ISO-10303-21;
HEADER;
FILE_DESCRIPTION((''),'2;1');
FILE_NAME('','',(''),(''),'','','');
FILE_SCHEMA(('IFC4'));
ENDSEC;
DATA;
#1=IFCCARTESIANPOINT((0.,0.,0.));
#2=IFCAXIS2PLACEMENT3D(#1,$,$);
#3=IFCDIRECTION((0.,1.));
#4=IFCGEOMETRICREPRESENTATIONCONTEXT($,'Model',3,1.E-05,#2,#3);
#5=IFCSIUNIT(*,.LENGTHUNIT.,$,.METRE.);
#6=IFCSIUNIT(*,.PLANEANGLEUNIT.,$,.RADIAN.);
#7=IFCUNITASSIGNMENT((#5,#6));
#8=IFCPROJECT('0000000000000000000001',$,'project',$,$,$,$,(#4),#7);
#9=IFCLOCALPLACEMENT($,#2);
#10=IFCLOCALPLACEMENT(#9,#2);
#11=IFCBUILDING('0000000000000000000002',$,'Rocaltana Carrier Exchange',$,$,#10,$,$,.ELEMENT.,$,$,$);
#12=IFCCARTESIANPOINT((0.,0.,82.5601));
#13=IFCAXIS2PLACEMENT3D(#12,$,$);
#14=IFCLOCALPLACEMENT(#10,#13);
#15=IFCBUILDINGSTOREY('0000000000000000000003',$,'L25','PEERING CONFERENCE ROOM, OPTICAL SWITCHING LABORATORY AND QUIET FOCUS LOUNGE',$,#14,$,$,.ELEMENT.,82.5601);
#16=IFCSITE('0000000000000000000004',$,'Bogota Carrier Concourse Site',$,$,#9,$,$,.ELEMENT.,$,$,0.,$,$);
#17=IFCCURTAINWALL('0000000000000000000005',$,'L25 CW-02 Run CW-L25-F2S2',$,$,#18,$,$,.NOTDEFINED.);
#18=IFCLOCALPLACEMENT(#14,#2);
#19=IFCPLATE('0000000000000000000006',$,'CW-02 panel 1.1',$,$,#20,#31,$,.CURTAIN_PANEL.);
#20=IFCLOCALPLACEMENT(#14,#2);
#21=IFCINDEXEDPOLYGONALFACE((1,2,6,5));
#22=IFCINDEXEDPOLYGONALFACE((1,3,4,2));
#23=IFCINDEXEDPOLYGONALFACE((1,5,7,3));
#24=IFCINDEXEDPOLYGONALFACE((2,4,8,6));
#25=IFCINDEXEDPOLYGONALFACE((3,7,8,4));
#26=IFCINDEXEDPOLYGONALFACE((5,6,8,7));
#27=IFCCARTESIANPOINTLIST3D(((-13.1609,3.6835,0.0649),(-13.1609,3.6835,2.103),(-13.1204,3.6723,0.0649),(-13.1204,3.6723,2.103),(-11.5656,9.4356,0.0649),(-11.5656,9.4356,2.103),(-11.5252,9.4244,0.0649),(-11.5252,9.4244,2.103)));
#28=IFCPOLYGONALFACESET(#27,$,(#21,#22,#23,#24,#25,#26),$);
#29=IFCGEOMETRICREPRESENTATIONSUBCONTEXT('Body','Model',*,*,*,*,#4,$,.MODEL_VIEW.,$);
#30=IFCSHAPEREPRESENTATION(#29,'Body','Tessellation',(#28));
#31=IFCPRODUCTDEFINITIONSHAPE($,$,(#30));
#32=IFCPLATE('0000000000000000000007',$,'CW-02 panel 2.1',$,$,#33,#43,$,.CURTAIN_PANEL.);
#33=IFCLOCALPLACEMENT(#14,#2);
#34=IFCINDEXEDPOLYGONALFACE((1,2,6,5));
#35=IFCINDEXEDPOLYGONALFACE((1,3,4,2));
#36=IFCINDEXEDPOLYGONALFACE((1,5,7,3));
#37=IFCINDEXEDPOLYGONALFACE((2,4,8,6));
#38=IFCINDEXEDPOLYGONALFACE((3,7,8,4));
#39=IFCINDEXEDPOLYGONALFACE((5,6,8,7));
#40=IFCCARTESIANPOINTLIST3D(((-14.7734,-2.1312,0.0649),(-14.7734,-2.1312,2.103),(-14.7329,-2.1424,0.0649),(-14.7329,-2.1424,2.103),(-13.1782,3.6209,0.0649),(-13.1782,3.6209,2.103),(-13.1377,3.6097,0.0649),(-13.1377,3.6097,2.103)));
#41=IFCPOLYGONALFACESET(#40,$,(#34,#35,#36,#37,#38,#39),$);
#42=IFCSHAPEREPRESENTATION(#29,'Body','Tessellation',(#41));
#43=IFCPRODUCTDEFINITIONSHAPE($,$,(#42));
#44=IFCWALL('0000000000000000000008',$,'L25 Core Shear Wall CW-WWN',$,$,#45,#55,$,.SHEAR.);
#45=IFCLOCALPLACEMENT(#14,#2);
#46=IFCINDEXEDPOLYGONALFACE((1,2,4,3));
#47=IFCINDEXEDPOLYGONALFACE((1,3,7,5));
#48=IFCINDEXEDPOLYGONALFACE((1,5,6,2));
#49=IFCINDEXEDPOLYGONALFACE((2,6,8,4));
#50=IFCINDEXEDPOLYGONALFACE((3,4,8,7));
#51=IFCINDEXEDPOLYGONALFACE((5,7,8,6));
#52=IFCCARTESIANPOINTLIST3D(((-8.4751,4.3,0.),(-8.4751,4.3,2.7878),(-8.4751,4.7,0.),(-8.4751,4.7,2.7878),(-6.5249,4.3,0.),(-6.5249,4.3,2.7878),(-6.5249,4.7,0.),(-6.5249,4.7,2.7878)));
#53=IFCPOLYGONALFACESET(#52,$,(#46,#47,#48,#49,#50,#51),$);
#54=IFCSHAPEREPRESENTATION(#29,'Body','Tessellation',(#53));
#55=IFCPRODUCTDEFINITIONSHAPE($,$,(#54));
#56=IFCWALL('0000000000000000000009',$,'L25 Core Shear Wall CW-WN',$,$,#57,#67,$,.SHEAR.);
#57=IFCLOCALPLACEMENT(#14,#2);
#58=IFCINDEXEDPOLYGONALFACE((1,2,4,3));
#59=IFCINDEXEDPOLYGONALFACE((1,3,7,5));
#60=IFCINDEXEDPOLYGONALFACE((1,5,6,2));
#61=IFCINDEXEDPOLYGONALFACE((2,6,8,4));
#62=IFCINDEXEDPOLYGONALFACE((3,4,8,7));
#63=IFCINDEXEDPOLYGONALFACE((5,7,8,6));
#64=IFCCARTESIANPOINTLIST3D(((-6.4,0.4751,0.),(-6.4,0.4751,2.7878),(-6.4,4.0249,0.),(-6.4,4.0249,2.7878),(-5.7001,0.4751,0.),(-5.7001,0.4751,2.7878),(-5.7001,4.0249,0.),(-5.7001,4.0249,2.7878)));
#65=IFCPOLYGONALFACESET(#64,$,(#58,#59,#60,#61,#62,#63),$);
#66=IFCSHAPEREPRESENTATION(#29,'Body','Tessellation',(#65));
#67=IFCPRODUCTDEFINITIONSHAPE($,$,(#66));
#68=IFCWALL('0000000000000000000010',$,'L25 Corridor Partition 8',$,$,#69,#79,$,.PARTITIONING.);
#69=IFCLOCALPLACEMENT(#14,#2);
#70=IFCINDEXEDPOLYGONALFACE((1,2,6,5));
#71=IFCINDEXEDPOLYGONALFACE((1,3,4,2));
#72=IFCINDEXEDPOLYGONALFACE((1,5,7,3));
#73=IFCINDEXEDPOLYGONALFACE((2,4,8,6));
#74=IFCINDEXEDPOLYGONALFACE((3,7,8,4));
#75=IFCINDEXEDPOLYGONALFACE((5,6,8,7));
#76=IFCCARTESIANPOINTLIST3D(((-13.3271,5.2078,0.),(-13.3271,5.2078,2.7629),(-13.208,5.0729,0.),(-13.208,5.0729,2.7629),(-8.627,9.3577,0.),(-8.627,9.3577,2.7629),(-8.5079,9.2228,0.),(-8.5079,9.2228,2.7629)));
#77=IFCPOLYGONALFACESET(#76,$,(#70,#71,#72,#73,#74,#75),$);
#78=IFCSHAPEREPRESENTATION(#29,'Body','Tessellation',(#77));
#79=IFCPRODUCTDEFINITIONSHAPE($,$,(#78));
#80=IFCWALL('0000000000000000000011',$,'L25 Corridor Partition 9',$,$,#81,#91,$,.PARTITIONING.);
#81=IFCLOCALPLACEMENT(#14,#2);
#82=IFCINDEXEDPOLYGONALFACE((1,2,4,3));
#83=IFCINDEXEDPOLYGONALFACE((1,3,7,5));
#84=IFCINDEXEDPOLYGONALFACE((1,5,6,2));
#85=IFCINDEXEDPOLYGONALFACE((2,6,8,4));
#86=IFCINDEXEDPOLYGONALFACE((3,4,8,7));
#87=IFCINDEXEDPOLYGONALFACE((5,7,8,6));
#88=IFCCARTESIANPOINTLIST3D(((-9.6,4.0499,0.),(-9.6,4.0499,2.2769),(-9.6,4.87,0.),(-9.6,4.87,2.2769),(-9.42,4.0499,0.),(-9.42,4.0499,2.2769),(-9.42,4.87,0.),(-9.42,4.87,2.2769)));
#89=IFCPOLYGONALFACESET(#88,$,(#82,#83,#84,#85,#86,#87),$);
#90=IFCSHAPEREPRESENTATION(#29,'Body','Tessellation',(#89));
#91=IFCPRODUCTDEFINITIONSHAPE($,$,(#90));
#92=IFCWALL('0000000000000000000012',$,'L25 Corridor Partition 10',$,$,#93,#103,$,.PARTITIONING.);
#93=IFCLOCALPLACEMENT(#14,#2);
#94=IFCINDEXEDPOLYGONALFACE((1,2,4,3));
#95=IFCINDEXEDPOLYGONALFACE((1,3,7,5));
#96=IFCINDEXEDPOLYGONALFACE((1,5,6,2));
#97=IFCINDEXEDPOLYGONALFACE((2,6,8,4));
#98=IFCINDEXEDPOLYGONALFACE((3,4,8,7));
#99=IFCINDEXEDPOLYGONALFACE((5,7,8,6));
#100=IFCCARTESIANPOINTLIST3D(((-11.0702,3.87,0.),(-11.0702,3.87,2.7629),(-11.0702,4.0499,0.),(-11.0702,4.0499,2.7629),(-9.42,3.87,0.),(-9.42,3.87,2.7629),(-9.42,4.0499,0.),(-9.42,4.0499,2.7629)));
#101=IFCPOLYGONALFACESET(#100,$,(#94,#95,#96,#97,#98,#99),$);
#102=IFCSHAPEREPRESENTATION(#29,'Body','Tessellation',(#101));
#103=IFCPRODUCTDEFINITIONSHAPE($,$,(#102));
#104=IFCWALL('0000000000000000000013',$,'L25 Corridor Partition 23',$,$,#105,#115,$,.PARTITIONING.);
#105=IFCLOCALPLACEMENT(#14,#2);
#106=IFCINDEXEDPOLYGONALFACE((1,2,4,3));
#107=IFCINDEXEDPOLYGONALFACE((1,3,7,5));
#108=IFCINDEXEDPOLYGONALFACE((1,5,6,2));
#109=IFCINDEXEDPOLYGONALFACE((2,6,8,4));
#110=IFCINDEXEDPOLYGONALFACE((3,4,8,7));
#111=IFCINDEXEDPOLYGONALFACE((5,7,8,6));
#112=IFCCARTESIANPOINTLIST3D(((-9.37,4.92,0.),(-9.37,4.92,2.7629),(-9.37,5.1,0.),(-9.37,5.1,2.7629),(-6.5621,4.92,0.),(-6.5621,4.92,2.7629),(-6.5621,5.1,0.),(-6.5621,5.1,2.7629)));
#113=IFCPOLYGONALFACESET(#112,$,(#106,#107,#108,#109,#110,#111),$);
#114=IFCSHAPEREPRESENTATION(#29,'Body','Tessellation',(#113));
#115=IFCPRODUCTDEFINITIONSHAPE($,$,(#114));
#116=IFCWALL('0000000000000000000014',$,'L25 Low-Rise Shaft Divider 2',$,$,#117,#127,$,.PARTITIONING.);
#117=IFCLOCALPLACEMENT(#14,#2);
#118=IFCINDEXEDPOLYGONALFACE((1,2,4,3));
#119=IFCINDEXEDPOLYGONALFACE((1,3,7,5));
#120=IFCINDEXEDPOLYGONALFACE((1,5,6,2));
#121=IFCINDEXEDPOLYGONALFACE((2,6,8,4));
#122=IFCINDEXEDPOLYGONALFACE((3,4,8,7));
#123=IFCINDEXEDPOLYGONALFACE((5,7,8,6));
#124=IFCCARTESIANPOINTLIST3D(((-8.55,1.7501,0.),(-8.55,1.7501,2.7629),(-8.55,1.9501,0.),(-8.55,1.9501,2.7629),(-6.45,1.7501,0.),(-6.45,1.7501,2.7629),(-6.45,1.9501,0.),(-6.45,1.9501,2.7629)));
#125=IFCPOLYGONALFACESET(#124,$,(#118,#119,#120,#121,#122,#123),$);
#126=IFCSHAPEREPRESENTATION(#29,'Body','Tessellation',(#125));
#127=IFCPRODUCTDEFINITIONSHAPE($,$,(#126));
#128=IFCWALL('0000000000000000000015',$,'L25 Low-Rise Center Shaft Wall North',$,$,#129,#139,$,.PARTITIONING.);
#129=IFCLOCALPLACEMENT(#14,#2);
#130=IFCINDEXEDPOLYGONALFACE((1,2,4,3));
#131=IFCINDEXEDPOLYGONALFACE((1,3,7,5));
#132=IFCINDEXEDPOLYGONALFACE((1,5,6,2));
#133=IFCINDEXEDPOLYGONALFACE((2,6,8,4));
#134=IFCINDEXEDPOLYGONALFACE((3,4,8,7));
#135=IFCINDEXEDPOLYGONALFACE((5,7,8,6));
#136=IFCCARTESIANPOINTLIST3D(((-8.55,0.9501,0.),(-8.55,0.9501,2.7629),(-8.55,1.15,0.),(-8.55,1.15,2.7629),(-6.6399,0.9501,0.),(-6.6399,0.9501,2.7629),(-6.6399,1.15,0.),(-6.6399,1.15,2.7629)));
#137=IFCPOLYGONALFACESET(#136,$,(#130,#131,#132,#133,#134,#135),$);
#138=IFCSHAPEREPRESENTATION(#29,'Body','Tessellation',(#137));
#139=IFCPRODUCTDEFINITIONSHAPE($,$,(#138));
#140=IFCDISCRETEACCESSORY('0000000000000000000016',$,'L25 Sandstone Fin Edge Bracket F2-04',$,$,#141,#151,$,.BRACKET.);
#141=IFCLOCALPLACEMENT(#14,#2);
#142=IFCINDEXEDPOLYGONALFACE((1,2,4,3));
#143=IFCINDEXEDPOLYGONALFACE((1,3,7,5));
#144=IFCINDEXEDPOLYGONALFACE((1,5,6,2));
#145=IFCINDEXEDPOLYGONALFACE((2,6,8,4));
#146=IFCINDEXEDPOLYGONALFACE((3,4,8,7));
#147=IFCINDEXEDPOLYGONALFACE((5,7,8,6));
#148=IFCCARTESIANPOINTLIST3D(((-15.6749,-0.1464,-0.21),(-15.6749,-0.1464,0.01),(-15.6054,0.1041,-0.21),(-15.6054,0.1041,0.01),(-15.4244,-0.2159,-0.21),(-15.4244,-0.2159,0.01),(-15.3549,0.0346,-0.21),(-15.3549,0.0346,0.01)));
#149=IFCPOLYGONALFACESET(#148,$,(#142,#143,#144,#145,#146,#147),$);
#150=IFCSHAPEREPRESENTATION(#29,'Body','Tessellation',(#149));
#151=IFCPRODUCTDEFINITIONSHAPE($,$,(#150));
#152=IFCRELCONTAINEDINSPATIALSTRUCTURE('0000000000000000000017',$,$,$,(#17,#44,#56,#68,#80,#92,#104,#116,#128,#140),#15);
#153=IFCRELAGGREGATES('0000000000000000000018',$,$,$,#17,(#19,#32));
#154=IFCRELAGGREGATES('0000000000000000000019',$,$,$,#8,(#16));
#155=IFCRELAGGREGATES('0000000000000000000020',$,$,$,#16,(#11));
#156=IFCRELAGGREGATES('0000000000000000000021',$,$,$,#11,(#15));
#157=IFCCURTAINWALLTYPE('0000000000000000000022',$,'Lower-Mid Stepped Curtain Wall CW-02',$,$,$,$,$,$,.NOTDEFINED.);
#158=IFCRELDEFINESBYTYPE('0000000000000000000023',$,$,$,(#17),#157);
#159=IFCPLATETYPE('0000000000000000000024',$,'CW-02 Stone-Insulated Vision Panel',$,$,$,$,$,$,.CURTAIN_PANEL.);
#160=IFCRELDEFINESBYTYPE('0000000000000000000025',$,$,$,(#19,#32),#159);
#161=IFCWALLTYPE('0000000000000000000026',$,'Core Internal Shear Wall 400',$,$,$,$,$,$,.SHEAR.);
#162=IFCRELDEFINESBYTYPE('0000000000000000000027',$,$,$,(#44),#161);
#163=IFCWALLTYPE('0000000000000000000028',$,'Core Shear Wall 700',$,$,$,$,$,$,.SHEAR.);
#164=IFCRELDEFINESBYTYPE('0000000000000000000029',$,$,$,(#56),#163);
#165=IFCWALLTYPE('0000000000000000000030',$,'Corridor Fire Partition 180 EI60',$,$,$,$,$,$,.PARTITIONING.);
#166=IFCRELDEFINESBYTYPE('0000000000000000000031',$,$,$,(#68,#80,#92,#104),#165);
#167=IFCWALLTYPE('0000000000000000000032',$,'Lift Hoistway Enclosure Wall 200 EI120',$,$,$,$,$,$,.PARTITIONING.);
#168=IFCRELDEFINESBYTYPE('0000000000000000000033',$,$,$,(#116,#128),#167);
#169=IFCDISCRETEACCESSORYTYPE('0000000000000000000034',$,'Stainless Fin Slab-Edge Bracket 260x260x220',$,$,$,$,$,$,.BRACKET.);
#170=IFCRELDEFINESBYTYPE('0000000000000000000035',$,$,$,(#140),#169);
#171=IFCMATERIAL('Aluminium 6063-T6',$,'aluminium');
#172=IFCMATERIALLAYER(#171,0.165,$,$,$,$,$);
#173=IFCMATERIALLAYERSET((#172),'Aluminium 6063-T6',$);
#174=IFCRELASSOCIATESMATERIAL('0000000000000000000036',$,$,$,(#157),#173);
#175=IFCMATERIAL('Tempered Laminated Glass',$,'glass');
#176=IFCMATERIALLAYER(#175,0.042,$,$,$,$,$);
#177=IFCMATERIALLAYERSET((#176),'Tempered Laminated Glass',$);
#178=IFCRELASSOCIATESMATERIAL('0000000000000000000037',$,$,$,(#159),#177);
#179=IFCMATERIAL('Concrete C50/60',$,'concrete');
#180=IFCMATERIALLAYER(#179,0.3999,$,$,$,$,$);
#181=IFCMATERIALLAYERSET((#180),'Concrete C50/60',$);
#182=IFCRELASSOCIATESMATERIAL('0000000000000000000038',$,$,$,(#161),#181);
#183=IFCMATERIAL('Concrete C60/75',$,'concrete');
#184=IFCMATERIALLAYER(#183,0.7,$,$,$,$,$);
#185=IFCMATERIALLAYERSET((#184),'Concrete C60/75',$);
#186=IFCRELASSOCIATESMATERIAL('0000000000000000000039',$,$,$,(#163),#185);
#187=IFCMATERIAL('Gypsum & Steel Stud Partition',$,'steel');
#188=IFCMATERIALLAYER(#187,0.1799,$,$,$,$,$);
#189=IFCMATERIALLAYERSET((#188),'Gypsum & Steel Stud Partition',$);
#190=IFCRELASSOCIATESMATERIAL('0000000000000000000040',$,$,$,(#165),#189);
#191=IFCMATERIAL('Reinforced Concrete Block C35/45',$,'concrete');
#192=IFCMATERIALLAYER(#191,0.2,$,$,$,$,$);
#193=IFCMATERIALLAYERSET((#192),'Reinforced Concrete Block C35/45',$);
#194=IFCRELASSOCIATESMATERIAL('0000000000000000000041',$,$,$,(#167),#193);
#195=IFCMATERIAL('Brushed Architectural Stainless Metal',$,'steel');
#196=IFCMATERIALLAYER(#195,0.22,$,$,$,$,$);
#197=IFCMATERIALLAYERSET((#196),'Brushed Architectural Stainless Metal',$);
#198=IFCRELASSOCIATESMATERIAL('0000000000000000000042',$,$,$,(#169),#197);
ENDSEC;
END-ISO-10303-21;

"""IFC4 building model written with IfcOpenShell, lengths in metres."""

from ifc_helpers import new_model, si_unit, direction, frame, frame_2d, origin, origin_2d, place, context, subcontext, project, spatial, rectangle, extrude, material, layer, layer_set, type_object, element, aggregate, save


model = new_model("IFC4")

# Units and contexts
model_context = context("Model", 3, precision=1e-05, world=origin(), true_north=direction((0.0, 1.0)))
body_context = subcontext(model_context, "Body", "Model", "MODEL_VIEW")
ifc_project = project(units=[si_unit("LENGTHUNIT", "METRE"), si_unit("PLANEANGLEUNIT", "RADIAN")], contexts=[model_context])

# Site, building, storey
site_placement = place(None, origin())
site = spatial("IfcSite", under=ifc_project, at=site_placement, Name="Bogota Carrier Concourse Site", CompositionType="ELEMENT", RefElevation=0.0)
building_placement = place(site_placement, origin())
building = spatial("IfcBuilding", under=site, at=building_placement, Name="Rocaltana Carrier Exchange", CompositionType="ELEMENT")
storey_placement = place(building_placement, frame((0.0, 0.0, 82.5601)))
storey = spatial("IfcBuildingStorey", under=building, at=storey_placement, Name="L25", Description="PEERING CONFERENCE ROOM, OPTICAL SWITCHING LABORATORY AND QUIET FOCUS LOUNGE", CompositionType="ELEMENT", Elevation=82.5601)

# Curtain wall
ifc_material_1 = material(Name="Aluminium 6063-T6", Category="aluminium")
ifc_layer_1 = layer(ifc_material_1, 0.165)
ifc_layer_set_1 = layer_set([ifc_layer_1], Name="Aluminium 6063-T6")
curtain_wall_type = type_object("IfcCurtainWallType", Name="Lower-Mid Stepped Curtain Wall CW-02", PredefinedType="NOTDEFINED", material=ifc_layer_set_1)
curtain_wall_placement = place(storey_placement, origin())
curtain_wall = element("IfcCurtainWall", 1, at=curtain_wall_placement, inside=storey, type_object=curtain_wall_type, Name="L25 CW-02 Run CW-L25-F2S2", PredefinedType="NOTDEFINED")

# Plates
ifc_material_2 = material(Name="Tempered Laminated Glass", Category="glass")
ifc_layer_2 = layer(ifc_material_2, 0.042)
ifc_layer_set_2 = layer_set([ifc_layer_2], Name="Tempered Laminated Glass")
plate_type = type_object("IfcPlateType", Name="CW-02 Stone-Insulated Vision Panel", PredefinedType="CURTAIN_PANEL", material=ifc_layer_set_2)
plate_1_placement = place(storey_placement, frame((-12.343, 6.554, 0.0649), z_axis=(0.0, 0.0, 1.0), x_axis=(-0.267238, -0.963631, 0.0)))
plate_1 = element("IfcPlate", 2, at=plate_1_placement, type_object=plate_type, Name="CW-02 panel 1.1", PredefinedType="CURTAIN_PANEL", context=body_context, shape_type="SweptSolid", body=[
    extrude(rectangle(XDim=5.9692, YDim=0.042, at=origin_2d()), origin(), (0.0, 0.0, 1.0), 2.0381),
])
plate_2_placement = place(storey_placement, frame((-13.9556, 0.7393, 0.0649), z_axis=(0.0, 0.0, 1.0), x_axis=(-0.267238, -0.963631, 0.0)))
plate_2 = element("IfcPlate", 3, at=plate_2_placement, type_object=plate_type, Name="CW-02 panel 2.1", PredefinedType="CURTAIN_PANEL", context=body_context, shape_type="SweptSolid", body=[
    extrude(rectangle(XDim=5.9692, YDim=0.042, at=origin_2d()), origin(), (0.0, 0.0, 1.0), 2.0381),
])
aggregate(curtain_wall, [plate_1, plate_2])

# Walls
ifc_material_3 = material(Name="Concrete C50/60", Category="concrete")
ifc_layer_3 = layer(ifc_material_3, 0.3999)
ifc_layer_set_3 = layer_set([ifc_layer_3], Name="Concrete C50/60")
wall_type_1 = type_object("IfcWallType", Name="Core Internal Shear Wall 400", PredefinedType="SHEAR", material=ifc_layer_set_3)
wall_1_placement = place(storey_placement, frame((-8.4751, 4.5, 0.0), z_axis=(0.0, 0.0, 1.0), x_axis=(1.0, 0.0, 0.0)))
element("IfcWall", 4, at=wall_1_placement, inside=storey, type_object=wall_type_1, Name="L25 Core Shear Wall CW-WWN", PredefinedType="SHEAR", context=body_context, shape_type="SweptSolid", body=[
    extrude(rectangle(XDim=1.9502, YDim=0.3999, at=frame_2d((0.9751, 0.0))), origin(), (0.0, 0.0, 1.0), 2.7878),
])
ifc_material_4 = material(Name="Concrete C60/75", Category="concrete")
ifc_layer_4 = layer(ifc_material_4, 0.7)
ifc_layer_set_4 = layer_set([ifc_layer_4], Name="Concrete C60/75")
wall_type_2 = type_object("IfcWallType", Name="Core Shear Wall 700", PredefinedType="SHEAR", material=ifc_layer_set_4)
wall_2_placement = place(storey_placement, frame((-6.05, 0.4751, 0.0), z_axis=(0.0, 0.0, 1.0), x_axis=(0.0, 1.0, 0.0)))
element("IfcWall", 5, at=wall_2_placement, inside=storey, type_object=wall_type_2, Name="L25 Core Shear Wall CW-WN", PredefinedType="SHEAR", context=body_context, shape_type="SweptSolid", body=[
    extrude(rectangle(XDim=3.5498, YDim=0.7, at=frame_2d((1.7749, 0.0))), origin(), (0.0, 0.0, 1.0), 2.7878),
])
ifc_material_5 = material(Name="Gypsum & Steel Stud Partition", Category="steel")
ifc_layer_5 = layer(ifc_material_5, 0.1799)
ifc_layer_set_5 = layer_set([ifc_layer_5], Name="Gypsum & Steel Stud Partition")
wall_type_3 = type_object("IfcWallType", Name="Corridor Fire Partition 180 EI60", PredefinedType="PARTITIONING", material=ifc_layer_set_5)
wall_3_placement = place(storey_placement, frame((-13.2676, 5.1404, 0.0), z_axis=(0.0, 0.0, 1.0), x_axis=(0.749626, 0.661861, 0.0)))
element("IfcWall", 6, at=wall_3_placement, inside=storey, type_object=wall_type_3, Name="L25 Corridor Partition 8", PredefinedType="PARTITIONING", context=body_context, shape_type="SweptSolid", body=[
    extrude(rectangle(XDim=6.27, YDim=0.1799, at=frame_2d((3.135, 0.0))), origin(), (0.0, 0.0, 1.0), 2.7629),
])
wall_4_placement = place(storey_placement, frame((-9.51, 4.8701, 0.0), z_axis=(0.0, 0.0, 1.0), x_axis=(0.0, -1.0, 0.0)))
element("IfcWall", 7, at=wall_4_placement, inside=storey, type_object=wall_type_3, Name="L25 Corridor Partition 9", PredefinedType="PARTITIONING", context=body_context, shape_type="SweptSolid", body=[
    extrude(rectangle(XDim=0.8201, YDim=0.1799, at=frame_2d((0.4102, 0.0))), origin(), (0.0, 0.0, 1.0), 2.2769),
])
wall_5_placement = place(storey_placement, frame((-9.4199, 3.96, 0.0), z_axis=(0.0, 0.0, 1.0), x_axis=(-1.0, 0.0, 0.0)))
element("IfcWall", 8, at=wall_5_placement, inside=storey, type_object=wall_type_3, Name="L25 Corridor Partition 10", PredefinedType="PARTITIONING", context=body_context, shape_type="SweptSolid", body=[
    extrude(rectangle(XDim=1.6501, YDim=0.1799, at=frame_2d((0.8252, 0.0))), origin(), (0.0, 0.0, 1.0), 2.7629),
])
wall_6_placement = place(storey_placement, frame((-6.5623, 5.01, 0.0), z_axis=(0.0, 0.0, 1.0), x_axis=(-1.0, 0.0, 0.0)))
element("IfcWall", 9, at=wall_6_placement, inside=storey, type_object=wall_type_3, Name="L25 Corridor Partition 23", PredefinedType="PARTITIONING", context=body_context, shape_type="SweptSolid", body=[
    extrude(rectangle(XDim=2.8079, YDim=0.1799, at=frame_2d((1.4038, 0.0))), origin(), (0.0, 0.0, 1.0), 2.7629),
])
ifc_material_6 = material(Name="Reinforced Concrete Block C35/45", Category="concrete")
ifc_layer_6 = layer(ifc_material_6, 0.2)
ifc_layer_set_6 = layer_set([ifc_layer_6], Name="Reinforced Concrete Block C35/45")
wall_type_4 = type_object("IfcWallType", Name="Lift Hoistway Enclosure Wall 200 EI120", PredefinedType="PARTITIONING", material=ifc_layer_set_6)
wall_7_placement = place(storey_placement, frame((-8.55, 1.8501, 0.0), z_axis=(0.0, 0.0, 1.0), x_axis=(1.0, 0.0, 0.0)))
element("IfcWall", 10, at=wall_7_placement, inside=storey, type_object=wall_type_4, Name="L25 Low-Rise Shaft Divider 2", PredefinedType="PARTITIONING", context=body_context, shape_type="SweptSolid", body=[
    extrude(rectangle(XDim=2.1001, YDim=0.2, at=frame_2d((1.05, 0.0))), origin(), (0.0, 0.0, 1.0), 2.7629),
])
wall_8_placement = place(storey_placement, frame((-8.55, 1.05, 0.0), z_axis=(0.0, 0.0, 1.0), x_axis=(1.0, 0.0, 0.0)))
element("IfcWall", 11, at=wall_8_placement, inside=storey, type_object=wall_type_4, Name="L25 Low-Rise Center Shaft Wall North", PredefinedType="PARTITIONING", context=body_context, shape_type="SweptSolid", body=[
    extrude(rectangle(XDim=1.9102, YDim=0.2, at=frame_2d((0.9551, 0.0))), origin(), (0.0, 0.0, 1.0), 2.7629),
])

# Discrete accessory
ifc_material_7 = material(Name="Brushed Architectural Stainless Metal", Category="steel")
ifc_layer_7 = layer(ifc_material_7, 0.22)
ifc_layer_set_7 = layer_set([ifc_layer_7], Name="Brushed Architectural Stainless Metal")
discrete_accessory_type = type_object("IfcDiscreteAccessoryType", Name="Stainless Fin Slab-Edge Bracket 260x260x220", PredefinedType="BRACKET", material=ifc_layer_set_7)
discrete_accessory_placement = place(storey_placement, frame((-15.5149, -0.0559, -0.21), z_axis=(0.0, 0.0, 1.0), x_axis=(-0.267238, -0.96363, 0.0)))
element("IfcDiscreteAccessory", 12, at=discrete_accessory_placement, inside=storey, type_object=discrete_accessory_type, Name="L25 Sandstone Fin Edge Bracket F2-04", PredefinedType="BRACKET", context=body_context, shape_type="SweptSolid", body=[
    extrude(rectangle(XDim=0.26, YDim=0.26, at=origin_2d()), origin(), (0.0, 0.0, 1.0), 0.22),
])

save(model, "model.ifc")
